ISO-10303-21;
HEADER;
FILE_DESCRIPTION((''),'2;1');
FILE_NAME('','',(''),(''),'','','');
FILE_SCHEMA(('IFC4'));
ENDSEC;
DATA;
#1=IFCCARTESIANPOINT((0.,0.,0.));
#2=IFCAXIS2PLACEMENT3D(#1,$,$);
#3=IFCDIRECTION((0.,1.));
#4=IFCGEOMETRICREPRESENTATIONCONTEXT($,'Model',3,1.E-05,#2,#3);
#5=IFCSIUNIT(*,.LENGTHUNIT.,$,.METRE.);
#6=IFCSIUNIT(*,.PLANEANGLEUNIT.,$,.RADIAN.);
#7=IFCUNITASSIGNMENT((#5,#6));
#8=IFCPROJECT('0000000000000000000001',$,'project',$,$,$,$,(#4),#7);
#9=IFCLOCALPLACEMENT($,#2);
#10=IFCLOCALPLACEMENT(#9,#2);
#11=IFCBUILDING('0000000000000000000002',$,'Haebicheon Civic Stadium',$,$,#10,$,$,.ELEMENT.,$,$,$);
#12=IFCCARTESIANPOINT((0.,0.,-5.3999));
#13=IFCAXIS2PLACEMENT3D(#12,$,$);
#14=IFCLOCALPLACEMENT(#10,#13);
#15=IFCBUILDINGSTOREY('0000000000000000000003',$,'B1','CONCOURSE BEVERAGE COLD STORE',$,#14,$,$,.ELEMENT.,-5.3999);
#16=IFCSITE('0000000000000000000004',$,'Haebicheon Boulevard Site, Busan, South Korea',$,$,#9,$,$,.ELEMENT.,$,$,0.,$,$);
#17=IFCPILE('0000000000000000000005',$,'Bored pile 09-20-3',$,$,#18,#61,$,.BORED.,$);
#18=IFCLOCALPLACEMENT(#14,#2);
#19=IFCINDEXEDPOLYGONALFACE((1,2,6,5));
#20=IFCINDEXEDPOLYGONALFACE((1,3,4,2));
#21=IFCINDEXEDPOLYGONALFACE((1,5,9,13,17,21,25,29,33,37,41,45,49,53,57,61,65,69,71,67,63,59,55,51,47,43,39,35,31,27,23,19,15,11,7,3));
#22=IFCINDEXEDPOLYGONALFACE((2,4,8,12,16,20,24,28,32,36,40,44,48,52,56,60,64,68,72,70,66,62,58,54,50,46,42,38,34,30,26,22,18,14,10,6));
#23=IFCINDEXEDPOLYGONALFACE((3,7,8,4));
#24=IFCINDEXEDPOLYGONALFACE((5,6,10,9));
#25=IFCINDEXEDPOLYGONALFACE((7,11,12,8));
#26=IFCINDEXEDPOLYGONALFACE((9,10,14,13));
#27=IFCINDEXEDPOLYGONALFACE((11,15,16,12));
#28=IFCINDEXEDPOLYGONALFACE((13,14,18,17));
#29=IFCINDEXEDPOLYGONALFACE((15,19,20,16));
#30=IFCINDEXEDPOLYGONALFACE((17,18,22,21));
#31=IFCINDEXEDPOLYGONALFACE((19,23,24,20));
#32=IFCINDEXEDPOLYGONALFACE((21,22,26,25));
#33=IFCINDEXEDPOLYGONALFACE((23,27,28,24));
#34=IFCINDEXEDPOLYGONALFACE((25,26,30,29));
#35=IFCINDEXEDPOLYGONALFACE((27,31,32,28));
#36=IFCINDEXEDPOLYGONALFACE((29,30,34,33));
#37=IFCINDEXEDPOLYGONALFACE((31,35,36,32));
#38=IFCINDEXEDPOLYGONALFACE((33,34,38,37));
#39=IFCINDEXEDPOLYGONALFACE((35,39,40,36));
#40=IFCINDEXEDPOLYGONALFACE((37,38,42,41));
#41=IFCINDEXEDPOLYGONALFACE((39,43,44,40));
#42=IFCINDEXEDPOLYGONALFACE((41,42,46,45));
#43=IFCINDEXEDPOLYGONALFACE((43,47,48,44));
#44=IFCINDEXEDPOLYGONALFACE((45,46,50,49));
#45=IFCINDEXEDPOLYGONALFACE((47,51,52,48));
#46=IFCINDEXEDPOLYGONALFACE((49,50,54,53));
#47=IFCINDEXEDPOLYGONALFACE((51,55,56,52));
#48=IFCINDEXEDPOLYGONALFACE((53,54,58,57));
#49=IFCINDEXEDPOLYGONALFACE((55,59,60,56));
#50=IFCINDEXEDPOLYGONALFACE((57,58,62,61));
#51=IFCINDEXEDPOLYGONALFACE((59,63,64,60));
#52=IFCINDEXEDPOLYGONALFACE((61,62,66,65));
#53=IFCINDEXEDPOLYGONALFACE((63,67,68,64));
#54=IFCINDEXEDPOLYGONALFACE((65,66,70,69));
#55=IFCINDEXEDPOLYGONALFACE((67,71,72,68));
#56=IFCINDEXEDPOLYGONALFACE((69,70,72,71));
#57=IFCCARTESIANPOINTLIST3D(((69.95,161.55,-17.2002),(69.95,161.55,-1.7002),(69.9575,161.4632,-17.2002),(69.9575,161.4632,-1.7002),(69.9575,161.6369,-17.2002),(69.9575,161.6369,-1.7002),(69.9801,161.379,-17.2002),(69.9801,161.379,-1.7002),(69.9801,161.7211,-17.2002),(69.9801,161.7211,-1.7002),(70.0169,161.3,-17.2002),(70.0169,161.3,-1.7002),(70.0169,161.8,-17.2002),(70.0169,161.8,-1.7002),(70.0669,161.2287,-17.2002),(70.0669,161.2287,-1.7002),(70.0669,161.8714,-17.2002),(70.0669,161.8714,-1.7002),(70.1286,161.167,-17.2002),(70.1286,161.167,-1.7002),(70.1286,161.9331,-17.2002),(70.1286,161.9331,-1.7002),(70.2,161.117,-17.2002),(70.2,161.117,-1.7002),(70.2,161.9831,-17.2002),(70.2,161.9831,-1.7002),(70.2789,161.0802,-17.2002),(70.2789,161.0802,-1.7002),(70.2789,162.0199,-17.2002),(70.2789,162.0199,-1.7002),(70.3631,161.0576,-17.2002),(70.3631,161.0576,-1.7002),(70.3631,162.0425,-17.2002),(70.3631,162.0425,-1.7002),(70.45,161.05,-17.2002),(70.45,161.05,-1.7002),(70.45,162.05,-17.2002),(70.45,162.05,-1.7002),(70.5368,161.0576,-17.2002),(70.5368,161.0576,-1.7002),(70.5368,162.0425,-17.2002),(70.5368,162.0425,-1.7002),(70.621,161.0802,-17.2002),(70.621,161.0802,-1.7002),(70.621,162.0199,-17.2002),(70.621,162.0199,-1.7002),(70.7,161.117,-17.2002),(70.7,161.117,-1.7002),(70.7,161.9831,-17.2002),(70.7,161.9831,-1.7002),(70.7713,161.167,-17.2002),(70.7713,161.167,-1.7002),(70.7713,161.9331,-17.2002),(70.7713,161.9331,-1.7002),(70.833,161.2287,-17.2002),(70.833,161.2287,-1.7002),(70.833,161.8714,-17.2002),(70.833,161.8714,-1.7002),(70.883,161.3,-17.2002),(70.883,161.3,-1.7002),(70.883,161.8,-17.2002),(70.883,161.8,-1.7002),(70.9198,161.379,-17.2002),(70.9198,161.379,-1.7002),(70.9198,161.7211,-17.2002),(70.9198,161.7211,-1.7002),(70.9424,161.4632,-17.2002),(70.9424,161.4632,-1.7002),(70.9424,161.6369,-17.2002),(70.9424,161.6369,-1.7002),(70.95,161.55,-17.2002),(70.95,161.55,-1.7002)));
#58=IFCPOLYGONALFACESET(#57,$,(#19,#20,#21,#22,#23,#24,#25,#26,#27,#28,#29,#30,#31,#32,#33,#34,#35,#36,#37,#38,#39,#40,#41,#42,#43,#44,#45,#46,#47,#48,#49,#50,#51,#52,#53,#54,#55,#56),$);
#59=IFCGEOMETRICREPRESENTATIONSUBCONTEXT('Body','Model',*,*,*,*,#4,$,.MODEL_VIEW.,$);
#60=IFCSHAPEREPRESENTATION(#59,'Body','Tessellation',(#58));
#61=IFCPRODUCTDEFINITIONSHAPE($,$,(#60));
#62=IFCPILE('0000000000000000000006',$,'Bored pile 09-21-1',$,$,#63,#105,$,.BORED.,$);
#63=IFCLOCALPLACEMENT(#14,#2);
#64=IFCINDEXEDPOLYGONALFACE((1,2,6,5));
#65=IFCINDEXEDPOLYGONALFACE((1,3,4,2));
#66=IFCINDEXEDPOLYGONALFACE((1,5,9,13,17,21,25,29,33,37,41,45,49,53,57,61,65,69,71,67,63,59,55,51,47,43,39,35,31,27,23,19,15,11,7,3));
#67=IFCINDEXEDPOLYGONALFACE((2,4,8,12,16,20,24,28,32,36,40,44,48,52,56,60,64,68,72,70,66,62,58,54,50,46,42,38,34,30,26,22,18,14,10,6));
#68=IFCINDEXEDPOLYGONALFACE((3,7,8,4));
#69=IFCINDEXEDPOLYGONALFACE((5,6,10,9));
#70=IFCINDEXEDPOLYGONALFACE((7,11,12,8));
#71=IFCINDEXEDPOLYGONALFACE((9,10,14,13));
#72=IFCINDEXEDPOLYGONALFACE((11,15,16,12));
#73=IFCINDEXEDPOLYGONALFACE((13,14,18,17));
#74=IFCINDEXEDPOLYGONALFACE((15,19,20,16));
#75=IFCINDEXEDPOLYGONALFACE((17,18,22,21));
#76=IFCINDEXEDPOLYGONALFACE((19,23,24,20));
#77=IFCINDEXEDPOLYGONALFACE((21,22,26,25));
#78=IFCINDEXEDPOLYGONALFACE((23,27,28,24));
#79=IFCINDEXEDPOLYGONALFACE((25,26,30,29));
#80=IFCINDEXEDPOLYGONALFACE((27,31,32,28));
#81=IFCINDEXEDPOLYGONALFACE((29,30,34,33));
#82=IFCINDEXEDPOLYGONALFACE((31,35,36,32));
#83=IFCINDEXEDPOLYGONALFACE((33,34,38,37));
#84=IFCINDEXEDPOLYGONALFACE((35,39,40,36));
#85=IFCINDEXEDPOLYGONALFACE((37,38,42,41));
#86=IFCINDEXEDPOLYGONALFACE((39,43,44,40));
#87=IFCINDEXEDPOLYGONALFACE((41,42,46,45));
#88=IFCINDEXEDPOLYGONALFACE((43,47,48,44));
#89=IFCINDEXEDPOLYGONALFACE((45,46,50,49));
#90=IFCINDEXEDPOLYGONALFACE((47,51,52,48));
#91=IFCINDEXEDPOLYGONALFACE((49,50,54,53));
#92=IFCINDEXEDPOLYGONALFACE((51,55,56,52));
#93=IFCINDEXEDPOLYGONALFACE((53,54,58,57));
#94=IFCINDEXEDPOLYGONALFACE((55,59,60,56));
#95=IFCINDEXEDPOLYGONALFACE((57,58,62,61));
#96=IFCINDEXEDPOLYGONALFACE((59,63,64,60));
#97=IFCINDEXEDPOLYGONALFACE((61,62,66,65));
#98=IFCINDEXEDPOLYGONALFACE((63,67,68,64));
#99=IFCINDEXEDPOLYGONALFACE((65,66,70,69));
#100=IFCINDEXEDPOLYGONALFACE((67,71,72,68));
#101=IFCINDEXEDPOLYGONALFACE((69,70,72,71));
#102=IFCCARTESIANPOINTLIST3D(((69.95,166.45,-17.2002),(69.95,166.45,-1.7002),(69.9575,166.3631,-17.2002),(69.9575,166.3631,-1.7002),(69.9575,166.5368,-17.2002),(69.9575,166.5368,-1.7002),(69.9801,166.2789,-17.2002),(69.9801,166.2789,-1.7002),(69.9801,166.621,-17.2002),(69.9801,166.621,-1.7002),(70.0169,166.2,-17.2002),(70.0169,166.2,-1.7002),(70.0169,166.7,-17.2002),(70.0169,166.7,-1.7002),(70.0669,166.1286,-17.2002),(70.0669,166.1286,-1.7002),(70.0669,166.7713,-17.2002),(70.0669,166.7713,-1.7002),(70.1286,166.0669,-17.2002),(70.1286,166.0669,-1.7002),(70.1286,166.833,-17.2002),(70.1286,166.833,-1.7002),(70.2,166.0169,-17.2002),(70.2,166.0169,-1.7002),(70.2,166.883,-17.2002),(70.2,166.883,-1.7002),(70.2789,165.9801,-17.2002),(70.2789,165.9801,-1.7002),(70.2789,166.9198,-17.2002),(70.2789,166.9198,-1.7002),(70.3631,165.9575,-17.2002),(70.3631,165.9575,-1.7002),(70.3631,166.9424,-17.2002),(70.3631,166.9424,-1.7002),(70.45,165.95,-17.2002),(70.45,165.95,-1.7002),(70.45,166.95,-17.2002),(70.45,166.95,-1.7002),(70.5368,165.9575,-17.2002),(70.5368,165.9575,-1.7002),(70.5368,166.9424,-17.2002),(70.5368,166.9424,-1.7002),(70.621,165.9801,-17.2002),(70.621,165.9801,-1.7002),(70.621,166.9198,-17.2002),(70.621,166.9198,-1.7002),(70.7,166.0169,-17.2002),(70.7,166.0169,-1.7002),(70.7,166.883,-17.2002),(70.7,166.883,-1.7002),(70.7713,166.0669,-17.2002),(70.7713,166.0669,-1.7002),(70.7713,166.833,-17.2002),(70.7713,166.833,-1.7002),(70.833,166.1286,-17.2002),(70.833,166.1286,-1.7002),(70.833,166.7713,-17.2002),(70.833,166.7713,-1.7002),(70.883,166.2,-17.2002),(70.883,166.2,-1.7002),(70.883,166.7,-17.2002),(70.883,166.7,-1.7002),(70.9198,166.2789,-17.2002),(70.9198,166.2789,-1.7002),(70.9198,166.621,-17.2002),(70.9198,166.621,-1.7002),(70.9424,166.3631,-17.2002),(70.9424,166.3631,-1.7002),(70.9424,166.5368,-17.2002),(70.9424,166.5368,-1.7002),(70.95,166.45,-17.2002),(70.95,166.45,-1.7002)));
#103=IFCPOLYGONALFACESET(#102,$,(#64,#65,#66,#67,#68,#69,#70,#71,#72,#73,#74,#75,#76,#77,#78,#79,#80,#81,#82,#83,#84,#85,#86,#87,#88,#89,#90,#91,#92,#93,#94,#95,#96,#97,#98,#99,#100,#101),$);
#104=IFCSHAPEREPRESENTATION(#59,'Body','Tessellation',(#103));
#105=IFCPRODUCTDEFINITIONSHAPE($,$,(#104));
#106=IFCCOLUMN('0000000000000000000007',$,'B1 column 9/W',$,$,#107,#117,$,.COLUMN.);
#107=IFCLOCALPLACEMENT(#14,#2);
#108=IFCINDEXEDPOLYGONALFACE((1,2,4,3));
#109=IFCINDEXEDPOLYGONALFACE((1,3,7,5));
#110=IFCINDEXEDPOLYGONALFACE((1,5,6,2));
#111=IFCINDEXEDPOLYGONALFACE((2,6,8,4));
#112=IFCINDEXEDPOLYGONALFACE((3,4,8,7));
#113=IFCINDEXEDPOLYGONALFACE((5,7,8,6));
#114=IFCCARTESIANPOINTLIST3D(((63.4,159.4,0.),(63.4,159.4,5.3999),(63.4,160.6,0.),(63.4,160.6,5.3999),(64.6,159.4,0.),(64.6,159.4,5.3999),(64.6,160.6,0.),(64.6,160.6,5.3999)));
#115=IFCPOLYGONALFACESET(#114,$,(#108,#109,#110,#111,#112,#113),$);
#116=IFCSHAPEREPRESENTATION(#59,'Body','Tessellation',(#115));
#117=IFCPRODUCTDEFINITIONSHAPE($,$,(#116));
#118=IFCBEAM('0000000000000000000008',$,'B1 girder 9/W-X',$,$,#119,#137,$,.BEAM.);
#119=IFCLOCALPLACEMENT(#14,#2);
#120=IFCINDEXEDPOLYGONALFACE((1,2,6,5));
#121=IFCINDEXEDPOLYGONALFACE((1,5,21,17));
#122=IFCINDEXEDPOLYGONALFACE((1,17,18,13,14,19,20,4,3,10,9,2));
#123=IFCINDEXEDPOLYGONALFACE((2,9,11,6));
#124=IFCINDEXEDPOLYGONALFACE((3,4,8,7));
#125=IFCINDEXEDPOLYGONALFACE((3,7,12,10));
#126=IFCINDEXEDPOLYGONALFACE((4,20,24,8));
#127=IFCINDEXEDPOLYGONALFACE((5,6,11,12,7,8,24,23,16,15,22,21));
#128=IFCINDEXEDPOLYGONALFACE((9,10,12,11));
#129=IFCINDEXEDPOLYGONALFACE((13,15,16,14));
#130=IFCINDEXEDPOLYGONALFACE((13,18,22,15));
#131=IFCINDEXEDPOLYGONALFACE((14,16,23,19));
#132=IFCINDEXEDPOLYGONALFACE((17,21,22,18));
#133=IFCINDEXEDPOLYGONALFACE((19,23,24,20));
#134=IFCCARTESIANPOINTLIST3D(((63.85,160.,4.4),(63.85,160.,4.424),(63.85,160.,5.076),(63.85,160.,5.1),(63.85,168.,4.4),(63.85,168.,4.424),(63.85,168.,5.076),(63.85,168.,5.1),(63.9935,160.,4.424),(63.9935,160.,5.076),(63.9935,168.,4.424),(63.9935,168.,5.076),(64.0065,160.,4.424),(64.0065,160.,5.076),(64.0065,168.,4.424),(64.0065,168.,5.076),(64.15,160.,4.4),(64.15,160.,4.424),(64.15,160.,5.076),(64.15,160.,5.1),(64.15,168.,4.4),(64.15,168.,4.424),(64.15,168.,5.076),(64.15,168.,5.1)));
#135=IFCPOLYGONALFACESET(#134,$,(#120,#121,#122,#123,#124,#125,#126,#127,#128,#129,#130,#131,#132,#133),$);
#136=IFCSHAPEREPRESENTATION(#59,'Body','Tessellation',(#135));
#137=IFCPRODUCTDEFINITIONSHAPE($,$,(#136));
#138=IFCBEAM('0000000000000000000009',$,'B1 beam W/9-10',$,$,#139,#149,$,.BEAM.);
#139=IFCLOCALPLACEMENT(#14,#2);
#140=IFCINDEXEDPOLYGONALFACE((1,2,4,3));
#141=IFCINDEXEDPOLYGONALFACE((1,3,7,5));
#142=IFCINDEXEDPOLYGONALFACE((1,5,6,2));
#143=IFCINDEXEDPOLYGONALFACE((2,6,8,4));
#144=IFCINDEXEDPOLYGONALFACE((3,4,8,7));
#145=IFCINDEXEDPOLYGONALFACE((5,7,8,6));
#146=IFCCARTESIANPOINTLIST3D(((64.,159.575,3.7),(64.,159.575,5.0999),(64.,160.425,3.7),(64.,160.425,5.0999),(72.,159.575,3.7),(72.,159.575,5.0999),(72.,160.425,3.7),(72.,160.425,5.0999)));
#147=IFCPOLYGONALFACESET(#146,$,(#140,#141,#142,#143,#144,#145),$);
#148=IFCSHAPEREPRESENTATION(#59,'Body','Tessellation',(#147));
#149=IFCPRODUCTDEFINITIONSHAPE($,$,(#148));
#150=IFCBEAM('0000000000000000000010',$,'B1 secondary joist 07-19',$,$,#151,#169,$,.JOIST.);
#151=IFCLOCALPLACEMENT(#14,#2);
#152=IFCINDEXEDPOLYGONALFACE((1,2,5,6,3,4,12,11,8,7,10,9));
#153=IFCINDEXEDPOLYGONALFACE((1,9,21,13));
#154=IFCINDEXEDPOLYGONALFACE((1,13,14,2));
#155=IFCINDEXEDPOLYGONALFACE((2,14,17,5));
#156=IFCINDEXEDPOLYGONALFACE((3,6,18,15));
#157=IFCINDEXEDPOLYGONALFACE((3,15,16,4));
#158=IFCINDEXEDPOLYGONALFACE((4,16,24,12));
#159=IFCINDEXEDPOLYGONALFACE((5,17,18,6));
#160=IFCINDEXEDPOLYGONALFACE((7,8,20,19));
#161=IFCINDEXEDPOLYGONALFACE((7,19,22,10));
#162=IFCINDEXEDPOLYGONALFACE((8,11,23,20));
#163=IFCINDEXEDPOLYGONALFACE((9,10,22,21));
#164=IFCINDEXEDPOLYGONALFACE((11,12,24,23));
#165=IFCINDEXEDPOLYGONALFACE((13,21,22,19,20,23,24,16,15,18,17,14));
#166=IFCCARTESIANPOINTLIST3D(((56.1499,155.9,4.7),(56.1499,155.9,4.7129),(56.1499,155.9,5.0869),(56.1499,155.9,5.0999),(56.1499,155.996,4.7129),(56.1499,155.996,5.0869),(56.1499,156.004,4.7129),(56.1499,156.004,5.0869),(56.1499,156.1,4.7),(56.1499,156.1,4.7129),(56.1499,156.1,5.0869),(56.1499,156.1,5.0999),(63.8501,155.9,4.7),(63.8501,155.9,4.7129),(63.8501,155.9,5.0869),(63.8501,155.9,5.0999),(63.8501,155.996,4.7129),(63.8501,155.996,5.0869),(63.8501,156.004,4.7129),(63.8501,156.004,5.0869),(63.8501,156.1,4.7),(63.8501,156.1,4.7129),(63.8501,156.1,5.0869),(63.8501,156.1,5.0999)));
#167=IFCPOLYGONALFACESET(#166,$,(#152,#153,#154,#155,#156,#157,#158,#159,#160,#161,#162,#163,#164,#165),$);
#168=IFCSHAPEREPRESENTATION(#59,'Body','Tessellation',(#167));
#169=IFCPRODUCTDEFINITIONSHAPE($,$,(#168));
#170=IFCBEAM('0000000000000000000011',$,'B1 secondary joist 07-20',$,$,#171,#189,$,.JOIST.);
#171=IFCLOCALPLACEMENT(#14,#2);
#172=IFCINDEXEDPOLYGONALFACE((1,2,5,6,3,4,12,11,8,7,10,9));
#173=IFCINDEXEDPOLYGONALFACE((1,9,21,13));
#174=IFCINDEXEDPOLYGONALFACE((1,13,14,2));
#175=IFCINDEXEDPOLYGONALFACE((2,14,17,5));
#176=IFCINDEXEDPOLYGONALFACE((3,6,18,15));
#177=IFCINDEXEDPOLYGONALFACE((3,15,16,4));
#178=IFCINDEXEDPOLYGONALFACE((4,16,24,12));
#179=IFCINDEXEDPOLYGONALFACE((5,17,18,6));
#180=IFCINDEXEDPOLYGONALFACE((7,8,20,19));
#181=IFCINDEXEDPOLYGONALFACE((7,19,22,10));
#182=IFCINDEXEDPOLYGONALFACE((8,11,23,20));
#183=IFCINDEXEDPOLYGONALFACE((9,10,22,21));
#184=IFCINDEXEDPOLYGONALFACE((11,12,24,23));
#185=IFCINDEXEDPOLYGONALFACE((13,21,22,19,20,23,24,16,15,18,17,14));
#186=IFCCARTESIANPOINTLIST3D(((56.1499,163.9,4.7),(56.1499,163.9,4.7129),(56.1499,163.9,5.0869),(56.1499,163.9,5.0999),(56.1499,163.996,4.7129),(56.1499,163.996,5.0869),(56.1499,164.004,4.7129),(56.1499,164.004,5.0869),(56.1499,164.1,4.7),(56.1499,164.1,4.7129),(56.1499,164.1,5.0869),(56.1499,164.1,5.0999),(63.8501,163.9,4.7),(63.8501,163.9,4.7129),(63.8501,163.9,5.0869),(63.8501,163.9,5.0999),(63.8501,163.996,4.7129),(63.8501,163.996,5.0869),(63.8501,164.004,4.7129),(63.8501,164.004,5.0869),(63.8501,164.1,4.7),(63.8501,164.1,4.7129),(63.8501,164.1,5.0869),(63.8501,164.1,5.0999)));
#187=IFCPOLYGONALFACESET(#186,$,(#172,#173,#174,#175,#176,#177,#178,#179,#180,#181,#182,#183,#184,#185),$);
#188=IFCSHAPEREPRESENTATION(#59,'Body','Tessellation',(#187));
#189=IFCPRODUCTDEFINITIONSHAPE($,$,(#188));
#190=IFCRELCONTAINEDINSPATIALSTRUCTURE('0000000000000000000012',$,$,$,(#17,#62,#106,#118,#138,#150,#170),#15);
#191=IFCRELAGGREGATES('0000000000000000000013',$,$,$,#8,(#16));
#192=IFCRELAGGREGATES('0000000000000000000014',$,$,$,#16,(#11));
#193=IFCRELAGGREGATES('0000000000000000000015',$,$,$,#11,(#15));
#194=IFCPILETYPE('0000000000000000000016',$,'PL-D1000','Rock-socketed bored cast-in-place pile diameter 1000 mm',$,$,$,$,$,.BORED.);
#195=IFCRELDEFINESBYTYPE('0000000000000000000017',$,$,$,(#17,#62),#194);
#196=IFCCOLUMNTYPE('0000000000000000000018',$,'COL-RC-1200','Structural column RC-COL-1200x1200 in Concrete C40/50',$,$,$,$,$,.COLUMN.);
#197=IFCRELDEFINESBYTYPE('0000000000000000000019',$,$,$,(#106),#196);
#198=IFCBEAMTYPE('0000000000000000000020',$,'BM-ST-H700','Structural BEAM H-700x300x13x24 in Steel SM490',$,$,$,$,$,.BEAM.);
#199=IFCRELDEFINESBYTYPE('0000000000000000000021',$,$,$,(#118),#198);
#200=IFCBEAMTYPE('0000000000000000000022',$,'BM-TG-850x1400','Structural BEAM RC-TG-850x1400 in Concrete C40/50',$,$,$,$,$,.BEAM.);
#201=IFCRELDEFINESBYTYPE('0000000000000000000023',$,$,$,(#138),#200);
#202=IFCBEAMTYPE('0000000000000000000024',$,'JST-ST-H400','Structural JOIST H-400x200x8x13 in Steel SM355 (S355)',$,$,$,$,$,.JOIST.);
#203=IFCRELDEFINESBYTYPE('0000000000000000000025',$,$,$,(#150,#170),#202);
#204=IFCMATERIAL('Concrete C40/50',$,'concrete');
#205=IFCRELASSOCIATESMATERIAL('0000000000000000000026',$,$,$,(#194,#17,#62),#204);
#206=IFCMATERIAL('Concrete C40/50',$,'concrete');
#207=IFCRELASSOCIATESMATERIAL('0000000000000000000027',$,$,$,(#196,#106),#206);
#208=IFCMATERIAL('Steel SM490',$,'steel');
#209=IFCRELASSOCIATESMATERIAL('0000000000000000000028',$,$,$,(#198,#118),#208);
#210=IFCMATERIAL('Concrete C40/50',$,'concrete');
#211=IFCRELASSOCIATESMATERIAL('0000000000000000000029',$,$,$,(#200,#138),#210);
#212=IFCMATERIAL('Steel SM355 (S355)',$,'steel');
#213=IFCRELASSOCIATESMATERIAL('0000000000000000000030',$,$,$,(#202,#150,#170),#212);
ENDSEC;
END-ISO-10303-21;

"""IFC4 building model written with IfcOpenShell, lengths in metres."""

from ifc_helpers import new_model, si_unit, direction, frame, origin, origin_2d, place, context, subcontext, project, spatial, rectangle, circle, i_section, extrude, material, material_profile, profile_set, type_object, element, save


model = new_model("IFC4")

# Units and contexts
model_context = context("Model", 3, precision=1e-05, world=origin(), true_north=direction((0.0, 1.0)))
body_context = subcontext(model_context, "Body", "Model", "MODEL_VIEW")
ifc_project = project(units=[si_unit("LENGTHUNIT", "METRE"), si_unit("PLANEANGLEUNIT", "RADIAN")], contexts=[model_context])

# Site, building, storey
site_placement = place(None, origin())
site = spatial("IfcSite", under=ifc_project, at=site_placement, Name="Haebicheon Boulevard Site, Busan, South Korea", CompositionType="ELEMENT", RefElevation=0.0)
building_placement = place(site_placement, origin())
building = spatial("IfcBuilding", under=site, at=building_placement, Name="Haebicheon Civic Stadium", CompositionType="ELEMENT")
storey_placement = place(building_placement, frame((0.0, 0.0, -5.3999)))
storey = spatial("IfcBuildingStorey", under=building, at=storey_placement, Name="B1", Description="CONCOURSE BEVERAGE COLD STORE", CompositionType="ELEMENT", Elevation=-5.3999)

# Piles
ifc_material_1 = material(Name="Concrete C40/50", Category="concrete")
ifc_material_profile_1 = material_profile(ifc_material_1, circle(Radius=0.5, at=origin_2d()), Name="PILE-D1000")
ifc_profile_set_1 = profile_set([ifc_material_profile_1], Name="Concrete C40/50")
pile_type = type_object("IfcPileType", Name="PL-D1000", Description="Rock-socketed bored cast-in-place pile diameter 1000 mm", PredefinedType="BORED", material=ifc_profile_set_1)
for number, where, z_axis, x_axis, name in (
    (1, (70.45, 161.55, -1.7002), (0.0, 0.0, -1.0), (1.0, 0.0, 0.0), "Bored pile 09-20-3"),
    (2, (70.45, 166.45, -1.7002), (0.0, 0.0, -1.0), (1.0, 0.0, 0.0), "Bored pile 09-21-1"),
):
    element("IfcPile", number, at=place(storey_placement, frame(where, z_axis=z_axis, x_axis=x_axis)), inside=storey, type_object=pile_type, material=ifc_profile_set_1, Name=name, PredefinedType="BORED", context=body_context, shape_type="SweptSolid", body=[
        extrude(circle(Radius=0.5, at=origin_2d()), origin(), (0.0, 0.0, 1.0), 15.5),
    ])

# Column
ifc_material_2 = material(Name="Concrete C40/50", Category="concrete")
ifc_material_profile_2 = material_profile(ifc_material_2, rectangle(XDim=1.2, YDim=1.2, at=origin_2d()), Name="RC-COL-1200x1200")
ifc_profile_set_2 = profile_set([ifc_material_profile_2], Name="Concrete C40/50")
column_type = type_object("IfcColumnType", Name="COL-RC-1200", Description="Structural column RC-COL-1200x1200 in Concrete C40/50", PredefinedType="COLUMN", material=ifc_profile_set_2)
column_placement = place(storey_placement, frame((64.0, 160.0, 0.0), z_axis=(0.0, 0.0, 1.0), x_axis=(1.0, 0.0, 0.0)))
element("IfcColumn", 3, at=column_placement, inside=storey, type_object=column_type, material=ifc_profile_set_2, Name="B1 column 9/W", PredefinedType="COLUMN", context=body_context, shape_type="SweptSolid", body=[
    extrude(rectangle(XDim=1.2, YDim=1.2, at=origin_2d()), origin(), (0.0, 0.0, 1.0), 5.3999),
])

# Beams
ifc_material_3 = material(Name="Steel SM490", Category="steel")
ifc_material_profile_3 = material_profile(ifc_material_3, i_section(OverallWidth=0.3, OverallDepth=0.7, WebThickness=0.0129, FlangeThickness=0.0239, at=origin_2d()), Name="H-700x300x13x24")
ifc_profile_set_3 = profile_set([ifc_material_profile_3], Name="Steel SM490")
beam_type_1 = type_object("IfcBeamType", Name="BM-ST-H700", Description="Structural BEAM H-700x300x13x24 in Steel SM490", PredefinedType="BEAM", material=ifc_profile_set_3)
beam_1_placement = place(storey_placement, frame((64.0, 160.0, 4.75), z_axis=(0.0, 1.0, 0.0), x_axis=(-1.0, 0.0, 0.0)))
element("IfcBeam", 4, at=beam_1_placement, inside=storey, type_object=beam_type_1, material=ifc_profile_set_3, Name="B1 girder 9/W-X", PredefinedType="BEAM", context=body_context, shape_type="SweptSolid", body=[
    extrude(i_section(OverallWidth=0.3, OverallDepth=0.7, WebThickness=0.0129, FlangeThickness=0.0239, at=origin_2d()), origin(), (0.0, 0.0, 1.0), 8.0),
])
ifc_material_4 = material(Name="Concrete C40/50", Category="concrete")
ifc_material_profile_4 = material_profile(ifc_material_4, rectangle(XDim=0.8501, YDim=1.3999, at=origin_2d()), Name="RC-TG-850x1400")
ifc_profile_set_4 = profile_set([ifc_material_profile_4], Name="Concrete C40/50")
beam_type_2 = type_object("IfcBeamType", Name="BM-TG-850x1400", Description="Structural BEAM RC-TG-850x1400 in Concrete C40/50", PredefinedType="BEAM", material=ifc_profile_set_4)
beam_2_placement = place(storey_placement, frame((64.0, 160.0, 4.3999), z_axis=(1.0, 0.0, 0.0), x_axis=(0.0, 1.0, 0.0)))
element("IfcBeam", 5, at=beam_2_placement, inside=storey, type_object=beam_type_2, material=ifc_profile_set_4, Name="B1 beam W/9-10", PredefinedType="BEAM", context=body_context, shape_type="SweptSolid", body=[
    extrude(rectangle(XDim=0.8501, YDim=1.3999, at=origin_2d()), origin(), (0.0, 0.0, 1.0), 8.0),
])
ifc_material_5 = material(Name="Steel SM355 (S355)", Category="steel")
ifc_material_profile_5 = material_profile(ifc_material_5, i_section(OverallWidth=0.2, OverallDepth=0.3999, WebThickness=0.0081, FlangeThickness=0.0129, at=origin_2d()), Name="H-400x200x8x13")
ifc_profile_set_5 = profile_set([ifc_material_profile_5], Name="Steel SM355 (S355)")
beam_type_3 = type_object("IfcBeamType", Name="JST-ST-H400", Description="Structural JOIST H-400x200x8x13 in Steel SM355 (S355)", PredefinedType="JOIST", material=ifc_profile_set_5)
for number, where, z_axis, x_axis, name in (
    (6, (56.1499, 156.0, 4.8999), (1.0, 0.0, 0.0), (0.0, 1.0, 0.0), "B1 secondary joist 07-19"),
    (7, (56.1499, 164.0, 4.8999), (1.0, 0.0, 0.0), (0.0, 1.0, 0.0), "B1 secondary joist 07-20"),
):
    element("IfcBeam", number, at=place(storey_placement, frame(where, z_axis=z_axis, x_axis=x_axis)), inside=storey, type_object=beam_type_3, material=ifc_profile_set_5, Name=name, PredefinedType="JOIST", context=body_context, shape_type="SweptSolid", body=[
        extrude(i_section(OverallWidth=0.2, OverallDepth=0.3999, WebThickness=0.0081, FlangeThickness=0.0129, at=origin_2d()), origin(), (0.0, 0.0, 1.0), 7.7002),
    ])

save(model, "model.ifc")
